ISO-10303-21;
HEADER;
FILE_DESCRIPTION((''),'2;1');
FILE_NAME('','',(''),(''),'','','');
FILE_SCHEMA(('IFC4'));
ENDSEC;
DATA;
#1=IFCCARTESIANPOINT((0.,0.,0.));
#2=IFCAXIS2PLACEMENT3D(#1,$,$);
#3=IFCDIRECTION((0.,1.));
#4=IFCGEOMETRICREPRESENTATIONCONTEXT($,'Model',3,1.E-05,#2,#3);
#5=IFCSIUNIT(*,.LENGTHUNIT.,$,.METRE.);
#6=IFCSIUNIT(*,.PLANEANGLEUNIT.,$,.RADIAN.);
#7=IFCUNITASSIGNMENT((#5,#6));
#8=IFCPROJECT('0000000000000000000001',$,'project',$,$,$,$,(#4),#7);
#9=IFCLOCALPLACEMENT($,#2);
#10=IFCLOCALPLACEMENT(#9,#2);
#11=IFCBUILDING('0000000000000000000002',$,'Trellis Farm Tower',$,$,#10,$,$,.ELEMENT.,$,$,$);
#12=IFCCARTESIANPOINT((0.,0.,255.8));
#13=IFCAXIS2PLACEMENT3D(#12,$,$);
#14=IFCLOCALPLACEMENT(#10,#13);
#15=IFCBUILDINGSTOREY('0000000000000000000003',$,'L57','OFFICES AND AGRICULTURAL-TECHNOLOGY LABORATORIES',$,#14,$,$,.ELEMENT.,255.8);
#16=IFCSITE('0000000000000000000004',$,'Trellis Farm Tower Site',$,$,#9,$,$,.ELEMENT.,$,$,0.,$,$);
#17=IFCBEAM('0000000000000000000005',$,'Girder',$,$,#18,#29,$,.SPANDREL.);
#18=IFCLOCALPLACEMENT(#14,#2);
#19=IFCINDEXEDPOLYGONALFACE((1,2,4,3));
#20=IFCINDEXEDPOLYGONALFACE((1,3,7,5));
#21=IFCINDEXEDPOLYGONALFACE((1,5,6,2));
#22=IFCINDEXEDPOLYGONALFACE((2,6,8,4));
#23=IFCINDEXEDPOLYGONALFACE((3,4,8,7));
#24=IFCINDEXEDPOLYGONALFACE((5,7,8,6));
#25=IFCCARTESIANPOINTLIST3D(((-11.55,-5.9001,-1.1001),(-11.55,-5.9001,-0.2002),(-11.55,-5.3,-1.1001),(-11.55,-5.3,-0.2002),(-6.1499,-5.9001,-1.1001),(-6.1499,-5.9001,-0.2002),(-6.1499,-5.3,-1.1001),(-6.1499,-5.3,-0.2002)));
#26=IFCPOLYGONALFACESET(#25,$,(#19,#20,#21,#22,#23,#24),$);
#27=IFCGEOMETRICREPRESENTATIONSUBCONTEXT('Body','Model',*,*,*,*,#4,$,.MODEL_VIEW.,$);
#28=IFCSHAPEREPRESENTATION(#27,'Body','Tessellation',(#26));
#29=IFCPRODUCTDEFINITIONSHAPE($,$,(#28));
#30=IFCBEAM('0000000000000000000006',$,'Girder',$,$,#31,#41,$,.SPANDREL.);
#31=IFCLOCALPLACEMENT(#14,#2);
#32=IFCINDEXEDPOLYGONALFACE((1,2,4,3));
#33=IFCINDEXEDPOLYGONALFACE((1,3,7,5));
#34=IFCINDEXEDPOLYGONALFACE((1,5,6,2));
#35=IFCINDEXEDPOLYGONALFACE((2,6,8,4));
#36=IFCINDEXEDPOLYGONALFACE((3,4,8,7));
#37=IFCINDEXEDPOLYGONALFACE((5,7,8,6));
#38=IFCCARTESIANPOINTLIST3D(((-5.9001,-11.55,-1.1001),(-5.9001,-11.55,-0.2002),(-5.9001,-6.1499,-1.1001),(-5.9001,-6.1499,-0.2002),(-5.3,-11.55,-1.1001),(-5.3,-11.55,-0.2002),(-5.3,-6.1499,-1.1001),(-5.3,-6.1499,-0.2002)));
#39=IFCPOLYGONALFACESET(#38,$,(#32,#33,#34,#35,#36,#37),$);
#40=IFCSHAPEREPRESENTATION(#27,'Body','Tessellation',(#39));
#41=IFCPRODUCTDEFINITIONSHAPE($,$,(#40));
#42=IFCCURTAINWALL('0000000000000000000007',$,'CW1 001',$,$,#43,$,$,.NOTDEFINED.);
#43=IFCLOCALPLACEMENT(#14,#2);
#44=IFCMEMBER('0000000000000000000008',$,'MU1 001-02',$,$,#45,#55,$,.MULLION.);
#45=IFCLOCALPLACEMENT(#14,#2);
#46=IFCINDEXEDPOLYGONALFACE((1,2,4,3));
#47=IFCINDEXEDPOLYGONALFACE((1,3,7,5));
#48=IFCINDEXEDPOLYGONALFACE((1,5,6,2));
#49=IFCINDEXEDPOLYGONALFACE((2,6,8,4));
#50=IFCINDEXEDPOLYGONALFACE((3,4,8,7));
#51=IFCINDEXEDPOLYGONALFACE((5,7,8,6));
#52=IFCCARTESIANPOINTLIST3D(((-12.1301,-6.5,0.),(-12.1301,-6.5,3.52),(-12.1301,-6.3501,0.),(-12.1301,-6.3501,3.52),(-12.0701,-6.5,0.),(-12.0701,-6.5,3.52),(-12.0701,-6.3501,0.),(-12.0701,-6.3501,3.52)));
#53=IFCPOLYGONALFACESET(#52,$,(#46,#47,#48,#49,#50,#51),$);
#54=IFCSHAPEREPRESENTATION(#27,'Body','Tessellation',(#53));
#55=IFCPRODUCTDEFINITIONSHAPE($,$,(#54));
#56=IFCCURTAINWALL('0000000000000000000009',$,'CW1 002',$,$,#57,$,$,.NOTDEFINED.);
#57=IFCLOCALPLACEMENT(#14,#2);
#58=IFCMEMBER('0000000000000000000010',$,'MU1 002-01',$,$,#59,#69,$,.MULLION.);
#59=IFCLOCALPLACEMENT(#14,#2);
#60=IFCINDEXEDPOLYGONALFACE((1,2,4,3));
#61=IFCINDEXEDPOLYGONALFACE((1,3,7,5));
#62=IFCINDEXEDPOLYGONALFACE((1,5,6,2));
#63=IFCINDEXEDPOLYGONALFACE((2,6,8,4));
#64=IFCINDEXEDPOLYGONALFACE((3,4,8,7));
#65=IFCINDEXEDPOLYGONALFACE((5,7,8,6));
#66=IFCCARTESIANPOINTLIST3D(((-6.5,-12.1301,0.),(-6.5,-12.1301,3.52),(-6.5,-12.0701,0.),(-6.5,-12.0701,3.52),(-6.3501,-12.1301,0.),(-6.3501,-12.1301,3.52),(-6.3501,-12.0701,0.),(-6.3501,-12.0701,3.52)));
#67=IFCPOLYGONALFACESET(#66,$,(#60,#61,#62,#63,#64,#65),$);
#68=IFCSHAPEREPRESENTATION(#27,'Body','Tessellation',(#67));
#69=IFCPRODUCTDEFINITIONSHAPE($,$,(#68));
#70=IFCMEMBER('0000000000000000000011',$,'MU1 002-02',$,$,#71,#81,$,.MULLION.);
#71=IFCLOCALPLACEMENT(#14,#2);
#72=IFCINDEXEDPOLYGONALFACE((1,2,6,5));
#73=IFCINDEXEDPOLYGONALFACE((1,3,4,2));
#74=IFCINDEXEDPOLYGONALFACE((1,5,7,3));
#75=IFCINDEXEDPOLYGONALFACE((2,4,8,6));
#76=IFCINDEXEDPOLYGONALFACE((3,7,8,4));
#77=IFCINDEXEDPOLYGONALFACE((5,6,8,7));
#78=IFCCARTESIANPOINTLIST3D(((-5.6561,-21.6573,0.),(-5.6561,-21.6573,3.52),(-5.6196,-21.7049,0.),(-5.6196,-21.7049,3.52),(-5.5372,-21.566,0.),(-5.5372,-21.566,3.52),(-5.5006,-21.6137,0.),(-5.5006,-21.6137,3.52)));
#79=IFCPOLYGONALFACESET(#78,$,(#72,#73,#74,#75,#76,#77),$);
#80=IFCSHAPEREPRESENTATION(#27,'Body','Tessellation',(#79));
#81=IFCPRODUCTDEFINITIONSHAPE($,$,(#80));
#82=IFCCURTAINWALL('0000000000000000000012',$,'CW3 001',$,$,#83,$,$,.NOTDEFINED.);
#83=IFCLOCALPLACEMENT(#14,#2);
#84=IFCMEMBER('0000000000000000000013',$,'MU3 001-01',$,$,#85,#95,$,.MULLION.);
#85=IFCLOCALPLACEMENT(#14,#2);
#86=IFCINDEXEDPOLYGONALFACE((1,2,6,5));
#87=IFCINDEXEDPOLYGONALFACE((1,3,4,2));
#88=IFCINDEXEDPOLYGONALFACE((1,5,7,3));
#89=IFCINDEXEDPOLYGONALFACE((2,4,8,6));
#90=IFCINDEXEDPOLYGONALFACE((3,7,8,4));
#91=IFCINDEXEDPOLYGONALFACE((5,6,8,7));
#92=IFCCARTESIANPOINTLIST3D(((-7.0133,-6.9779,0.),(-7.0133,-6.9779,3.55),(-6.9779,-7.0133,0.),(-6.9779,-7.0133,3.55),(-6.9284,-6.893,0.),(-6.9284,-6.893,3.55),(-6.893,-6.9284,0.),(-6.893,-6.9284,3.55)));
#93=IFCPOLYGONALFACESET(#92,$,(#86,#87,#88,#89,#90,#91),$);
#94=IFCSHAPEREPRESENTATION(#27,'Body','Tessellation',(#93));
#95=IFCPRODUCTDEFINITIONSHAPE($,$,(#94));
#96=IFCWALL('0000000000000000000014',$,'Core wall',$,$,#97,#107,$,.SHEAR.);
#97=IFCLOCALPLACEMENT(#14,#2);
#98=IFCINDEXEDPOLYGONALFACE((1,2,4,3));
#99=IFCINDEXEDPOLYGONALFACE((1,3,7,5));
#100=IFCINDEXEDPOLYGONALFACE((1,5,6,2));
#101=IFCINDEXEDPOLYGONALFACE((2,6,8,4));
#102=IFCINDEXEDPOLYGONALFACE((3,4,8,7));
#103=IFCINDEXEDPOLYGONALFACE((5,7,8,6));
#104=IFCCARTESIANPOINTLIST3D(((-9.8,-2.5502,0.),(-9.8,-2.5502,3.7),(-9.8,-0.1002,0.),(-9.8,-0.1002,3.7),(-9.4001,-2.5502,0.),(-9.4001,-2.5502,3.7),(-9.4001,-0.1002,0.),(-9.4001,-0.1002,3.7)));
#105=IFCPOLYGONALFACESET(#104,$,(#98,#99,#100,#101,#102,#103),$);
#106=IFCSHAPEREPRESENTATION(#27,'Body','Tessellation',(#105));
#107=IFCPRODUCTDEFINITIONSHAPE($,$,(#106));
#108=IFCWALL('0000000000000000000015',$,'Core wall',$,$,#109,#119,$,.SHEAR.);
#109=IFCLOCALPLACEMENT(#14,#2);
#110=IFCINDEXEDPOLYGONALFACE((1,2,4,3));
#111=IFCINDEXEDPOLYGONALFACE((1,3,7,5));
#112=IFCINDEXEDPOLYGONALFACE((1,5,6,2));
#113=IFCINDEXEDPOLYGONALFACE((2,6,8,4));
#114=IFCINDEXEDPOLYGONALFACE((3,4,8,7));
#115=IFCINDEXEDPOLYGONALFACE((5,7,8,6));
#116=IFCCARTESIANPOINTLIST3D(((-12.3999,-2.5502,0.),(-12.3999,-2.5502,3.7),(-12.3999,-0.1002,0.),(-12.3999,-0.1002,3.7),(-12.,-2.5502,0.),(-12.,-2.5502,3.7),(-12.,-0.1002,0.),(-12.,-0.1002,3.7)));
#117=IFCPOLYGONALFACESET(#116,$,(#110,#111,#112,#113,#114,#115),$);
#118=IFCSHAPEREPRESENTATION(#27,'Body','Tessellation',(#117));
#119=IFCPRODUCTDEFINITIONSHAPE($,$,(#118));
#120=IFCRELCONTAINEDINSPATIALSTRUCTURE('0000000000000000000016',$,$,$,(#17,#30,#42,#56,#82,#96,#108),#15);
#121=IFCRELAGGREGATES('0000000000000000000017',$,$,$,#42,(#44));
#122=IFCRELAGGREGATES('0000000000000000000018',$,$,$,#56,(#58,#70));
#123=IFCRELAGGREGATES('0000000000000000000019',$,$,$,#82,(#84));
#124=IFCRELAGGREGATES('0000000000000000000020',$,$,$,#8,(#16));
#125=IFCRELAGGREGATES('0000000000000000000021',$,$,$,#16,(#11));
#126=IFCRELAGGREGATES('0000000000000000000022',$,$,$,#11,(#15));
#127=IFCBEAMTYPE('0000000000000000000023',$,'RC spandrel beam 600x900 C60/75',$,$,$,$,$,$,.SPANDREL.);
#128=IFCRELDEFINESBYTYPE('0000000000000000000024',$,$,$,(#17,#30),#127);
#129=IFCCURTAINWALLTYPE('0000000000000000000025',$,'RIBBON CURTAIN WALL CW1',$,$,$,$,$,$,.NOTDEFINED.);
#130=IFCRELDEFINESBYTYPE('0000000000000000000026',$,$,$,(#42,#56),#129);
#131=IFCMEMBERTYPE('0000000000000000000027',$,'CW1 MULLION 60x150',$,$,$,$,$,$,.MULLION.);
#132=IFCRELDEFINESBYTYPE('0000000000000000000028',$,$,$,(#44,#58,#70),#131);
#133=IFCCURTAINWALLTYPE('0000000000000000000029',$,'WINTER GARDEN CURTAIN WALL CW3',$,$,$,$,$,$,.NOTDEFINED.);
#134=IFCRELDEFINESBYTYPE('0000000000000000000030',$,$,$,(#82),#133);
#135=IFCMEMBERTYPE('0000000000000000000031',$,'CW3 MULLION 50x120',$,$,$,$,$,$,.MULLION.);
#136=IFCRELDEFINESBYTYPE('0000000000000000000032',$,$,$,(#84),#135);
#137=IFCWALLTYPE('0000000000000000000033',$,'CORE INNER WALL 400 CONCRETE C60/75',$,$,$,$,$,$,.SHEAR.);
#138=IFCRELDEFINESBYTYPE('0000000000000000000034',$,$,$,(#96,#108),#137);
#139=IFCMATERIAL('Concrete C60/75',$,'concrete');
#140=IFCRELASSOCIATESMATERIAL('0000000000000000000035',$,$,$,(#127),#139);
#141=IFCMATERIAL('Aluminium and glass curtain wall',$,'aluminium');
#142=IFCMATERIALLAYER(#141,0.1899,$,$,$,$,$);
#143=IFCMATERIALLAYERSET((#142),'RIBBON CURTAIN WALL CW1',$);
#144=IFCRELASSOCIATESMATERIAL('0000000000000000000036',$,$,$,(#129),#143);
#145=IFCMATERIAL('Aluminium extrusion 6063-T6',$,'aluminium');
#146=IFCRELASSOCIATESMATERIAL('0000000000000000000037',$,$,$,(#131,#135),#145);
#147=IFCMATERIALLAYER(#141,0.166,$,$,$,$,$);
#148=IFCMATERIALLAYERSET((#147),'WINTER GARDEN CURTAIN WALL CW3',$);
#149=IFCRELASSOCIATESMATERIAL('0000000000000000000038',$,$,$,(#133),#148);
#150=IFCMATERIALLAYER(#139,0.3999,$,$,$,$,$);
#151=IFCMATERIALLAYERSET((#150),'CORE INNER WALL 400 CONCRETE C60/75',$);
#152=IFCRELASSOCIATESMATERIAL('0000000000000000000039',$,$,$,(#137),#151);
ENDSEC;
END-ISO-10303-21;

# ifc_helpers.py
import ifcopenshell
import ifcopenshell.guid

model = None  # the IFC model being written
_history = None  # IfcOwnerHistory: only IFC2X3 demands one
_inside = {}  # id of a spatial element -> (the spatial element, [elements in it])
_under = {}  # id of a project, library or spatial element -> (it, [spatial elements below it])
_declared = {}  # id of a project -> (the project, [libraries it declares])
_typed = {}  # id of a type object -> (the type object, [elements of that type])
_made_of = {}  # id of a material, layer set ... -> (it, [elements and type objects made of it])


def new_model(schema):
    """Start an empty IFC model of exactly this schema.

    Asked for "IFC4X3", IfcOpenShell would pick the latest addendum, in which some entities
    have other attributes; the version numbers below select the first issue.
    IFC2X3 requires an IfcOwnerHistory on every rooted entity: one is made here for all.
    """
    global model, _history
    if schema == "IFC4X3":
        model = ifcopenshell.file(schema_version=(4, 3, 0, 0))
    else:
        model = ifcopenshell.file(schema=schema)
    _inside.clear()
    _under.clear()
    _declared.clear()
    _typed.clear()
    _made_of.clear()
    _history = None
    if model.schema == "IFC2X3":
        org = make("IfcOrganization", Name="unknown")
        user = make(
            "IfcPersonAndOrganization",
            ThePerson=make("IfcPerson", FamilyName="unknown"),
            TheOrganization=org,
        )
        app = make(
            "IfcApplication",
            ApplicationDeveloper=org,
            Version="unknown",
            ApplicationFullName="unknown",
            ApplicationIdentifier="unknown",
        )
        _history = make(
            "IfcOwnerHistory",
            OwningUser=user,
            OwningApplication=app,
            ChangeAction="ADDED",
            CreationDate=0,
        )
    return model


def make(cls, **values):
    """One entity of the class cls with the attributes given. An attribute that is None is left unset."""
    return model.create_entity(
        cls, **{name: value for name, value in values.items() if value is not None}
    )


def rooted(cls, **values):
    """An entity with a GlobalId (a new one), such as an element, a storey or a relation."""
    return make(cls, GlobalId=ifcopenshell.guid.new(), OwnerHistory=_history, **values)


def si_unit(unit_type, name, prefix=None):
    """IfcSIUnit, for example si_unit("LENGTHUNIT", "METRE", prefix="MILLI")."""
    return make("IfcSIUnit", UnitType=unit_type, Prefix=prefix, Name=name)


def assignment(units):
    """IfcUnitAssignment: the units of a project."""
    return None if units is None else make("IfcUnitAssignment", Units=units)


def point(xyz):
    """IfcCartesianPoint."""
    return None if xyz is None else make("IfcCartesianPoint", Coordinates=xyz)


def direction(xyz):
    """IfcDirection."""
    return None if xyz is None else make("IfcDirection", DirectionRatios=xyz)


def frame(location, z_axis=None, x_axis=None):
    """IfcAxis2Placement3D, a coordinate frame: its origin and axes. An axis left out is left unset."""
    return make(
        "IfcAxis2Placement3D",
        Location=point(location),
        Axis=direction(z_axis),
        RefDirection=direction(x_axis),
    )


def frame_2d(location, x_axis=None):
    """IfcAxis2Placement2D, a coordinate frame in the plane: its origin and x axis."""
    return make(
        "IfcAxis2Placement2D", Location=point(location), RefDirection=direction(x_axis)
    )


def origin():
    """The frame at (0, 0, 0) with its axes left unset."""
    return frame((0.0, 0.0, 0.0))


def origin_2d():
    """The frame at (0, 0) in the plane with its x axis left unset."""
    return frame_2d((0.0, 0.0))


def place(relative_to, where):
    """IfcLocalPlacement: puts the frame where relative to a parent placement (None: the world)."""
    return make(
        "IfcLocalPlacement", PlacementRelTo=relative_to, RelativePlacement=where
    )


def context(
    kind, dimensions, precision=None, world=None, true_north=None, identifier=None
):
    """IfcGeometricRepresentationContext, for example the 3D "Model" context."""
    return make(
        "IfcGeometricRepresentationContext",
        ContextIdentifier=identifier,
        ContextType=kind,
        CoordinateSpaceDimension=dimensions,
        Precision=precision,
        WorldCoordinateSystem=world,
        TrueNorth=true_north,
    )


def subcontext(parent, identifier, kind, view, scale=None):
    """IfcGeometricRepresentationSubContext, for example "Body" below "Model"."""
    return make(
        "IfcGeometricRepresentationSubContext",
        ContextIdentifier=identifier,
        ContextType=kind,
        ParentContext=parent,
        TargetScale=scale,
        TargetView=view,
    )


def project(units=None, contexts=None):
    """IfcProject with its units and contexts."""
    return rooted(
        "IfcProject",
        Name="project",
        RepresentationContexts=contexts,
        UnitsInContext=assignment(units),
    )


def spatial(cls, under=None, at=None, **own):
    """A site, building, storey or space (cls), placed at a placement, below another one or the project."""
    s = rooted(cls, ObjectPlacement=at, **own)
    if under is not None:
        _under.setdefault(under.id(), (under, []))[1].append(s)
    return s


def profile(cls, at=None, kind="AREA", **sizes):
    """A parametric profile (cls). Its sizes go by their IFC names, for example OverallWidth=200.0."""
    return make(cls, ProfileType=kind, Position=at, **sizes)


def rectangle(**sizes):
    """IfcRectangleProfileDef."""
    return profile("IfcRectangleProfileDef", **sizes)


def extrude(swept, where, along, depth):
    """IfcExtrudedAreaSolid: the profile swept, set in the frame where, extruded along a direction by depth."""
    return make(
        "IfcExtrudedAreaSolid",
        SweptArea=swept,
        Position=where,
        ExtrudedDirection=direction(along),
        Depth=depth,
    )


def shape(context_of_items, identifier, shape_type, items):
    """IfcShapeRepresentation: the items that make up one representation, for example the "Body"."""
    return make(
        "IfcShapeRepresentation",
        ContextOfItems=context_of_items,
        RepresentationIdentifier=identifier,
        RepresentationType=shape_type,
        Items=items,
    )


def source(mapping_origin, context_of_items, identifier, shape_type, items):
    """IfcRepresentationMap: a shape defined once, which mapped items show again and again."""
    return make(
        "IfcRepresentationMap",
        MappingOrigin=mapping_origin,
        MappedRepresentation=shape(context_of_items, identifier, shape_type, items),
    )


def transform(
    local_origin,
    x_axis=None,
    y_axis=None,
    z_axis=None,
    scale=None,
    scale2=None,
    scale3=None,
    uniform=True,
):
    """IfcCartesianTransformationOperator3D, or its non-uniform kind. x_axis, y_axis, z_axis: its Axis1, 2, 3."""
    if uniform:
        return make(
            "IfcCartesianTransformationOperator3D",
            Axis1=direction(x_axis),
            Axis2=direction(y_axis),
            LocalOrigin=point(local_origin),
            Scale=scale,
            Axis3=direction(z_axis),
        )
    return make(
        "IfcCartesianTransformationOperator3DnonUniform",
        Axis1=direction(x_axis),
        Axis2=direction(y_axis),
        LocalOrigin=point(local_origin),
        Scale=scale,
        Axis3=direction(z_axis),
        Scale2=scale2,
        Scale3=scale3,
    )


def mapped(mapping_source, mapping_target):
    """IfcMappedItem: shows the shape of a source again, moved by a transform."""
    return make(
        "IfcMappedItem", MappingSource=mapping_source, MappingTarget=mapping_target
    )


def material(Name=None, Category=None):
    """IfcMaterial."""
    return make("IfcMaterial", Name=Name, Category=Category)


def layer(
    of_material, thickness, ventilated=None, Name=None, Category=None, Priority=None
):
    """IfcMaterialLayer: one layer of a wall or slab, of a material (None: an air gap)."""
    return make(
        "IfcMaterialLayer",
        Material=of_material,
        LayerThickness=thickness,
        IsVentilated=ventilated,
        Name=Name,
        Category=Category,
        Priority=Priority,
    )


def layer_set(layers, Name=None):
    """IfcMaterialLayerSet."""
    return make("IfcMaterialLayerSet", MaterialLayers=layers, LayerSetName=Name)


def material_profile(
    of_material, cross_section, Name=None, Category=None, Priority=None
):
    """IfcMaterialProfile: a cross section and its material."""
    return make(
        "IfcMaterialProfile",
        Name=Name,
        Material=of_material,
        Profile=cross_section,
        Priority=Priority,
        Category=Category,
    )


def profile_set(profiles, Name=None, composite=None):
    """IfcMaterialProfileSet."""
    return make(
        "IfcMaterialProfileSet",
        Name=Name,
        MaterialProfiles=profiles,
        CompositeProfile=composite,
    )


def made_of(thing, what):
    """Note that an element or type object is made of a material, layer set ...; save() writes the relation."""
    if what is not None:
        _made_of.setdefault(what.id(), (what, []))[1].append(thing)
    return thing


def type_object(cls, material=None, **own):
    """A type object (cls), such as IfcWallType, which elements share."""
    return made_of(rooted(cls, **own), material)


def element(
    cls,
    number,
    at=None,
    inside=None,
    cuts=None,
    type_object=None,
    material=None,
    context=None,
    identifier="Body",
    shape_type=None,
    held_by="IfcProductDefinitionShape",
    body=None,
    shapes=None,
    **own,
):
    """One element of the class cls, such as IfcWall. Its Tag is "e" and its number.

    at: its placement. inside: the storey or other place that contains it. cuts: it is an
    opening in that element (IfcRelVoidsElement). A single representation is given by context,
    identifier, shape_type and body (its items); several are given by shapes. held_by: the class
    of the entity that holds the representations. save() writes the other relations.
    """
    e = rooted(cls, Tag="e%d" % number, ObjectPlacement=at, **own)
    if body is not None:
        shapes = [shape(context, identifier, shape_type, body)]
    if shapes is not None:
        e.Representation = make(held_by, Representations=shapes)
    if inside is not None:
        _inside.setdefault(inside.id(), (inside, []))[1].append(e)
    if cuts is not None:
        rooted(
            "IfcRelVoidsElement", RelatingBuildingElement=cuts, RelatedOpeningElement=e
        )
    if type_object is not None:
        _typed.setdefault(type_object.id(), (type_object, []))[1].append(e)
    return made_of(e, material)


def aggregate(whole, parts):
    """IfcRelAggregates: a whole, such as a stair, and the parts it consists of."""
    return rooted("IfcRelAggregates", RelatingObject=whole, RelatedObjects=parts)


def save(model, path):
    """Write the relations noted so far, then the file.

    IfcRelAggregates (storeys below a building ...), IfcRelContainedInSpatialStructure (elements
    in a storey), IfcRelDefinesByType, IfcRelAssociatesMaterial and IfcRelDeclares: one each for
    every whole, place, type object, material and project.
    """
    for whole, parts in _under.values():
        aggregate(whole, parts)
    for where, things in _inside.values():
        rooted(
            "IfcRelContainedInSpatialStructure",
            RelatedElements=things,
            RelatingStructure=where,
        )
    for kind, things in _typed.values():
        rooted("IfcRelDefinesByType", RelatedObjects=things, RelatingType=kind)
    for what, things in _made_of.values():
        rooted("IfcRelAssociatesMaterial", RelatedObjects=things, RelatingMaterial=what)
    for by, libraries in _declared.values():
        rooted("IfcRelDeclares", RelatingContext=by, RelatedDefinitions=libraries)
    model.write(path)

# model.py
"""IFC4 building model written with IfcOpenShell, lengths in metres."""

from ifc_helpers import new_model, si_unit, direction, frame, frame_2d, origin, origin_2d, place, context, subcontext, project, spatial, rectangle, extrude, source, transform, mapped, material, layer, layer_set, material_profile, profile_set, type_object, element, aggregate, save


model = new_model("IFC4")

# Units and contexts
model_context = context("Model", 3, precision=1e-05, world=origin(), true_north=direction((0.0, 1.0)))
body_context = subcontext(model_context, "Body", "Model", "MODEL_VIEW")
ifc_project = project(units=[si_unit("LENGTHUNIT", "METRE"), si_unit("PLANEANGLEUNIT", "RADIAN")], contexts=[model_context])

# Site, building, storey
site_placement = place(None, origin())
site = spatial("IfcSite", under=ifc_project, at=site_placement, Name="Trellis Farm Tower Site", CompositionType="ELEMENT", RefElevation=0.0)
building_placement = place(site_placement, origin())
building = spatial("IfcBuilding", under=site, at=building_placement, Name="Trellis Farm Tower", CompositionType="ELEMENT")
storey_placement = place(building_placement, frame((0.0, 0.0, 255.8)))
storey = spatial("IfcBuildingStorey", under=building, at=storey_placement, Name="L57", Description="OFFICES AND AGRICULTURAL-TECHNOLOGY LABORATORIES", CompositionType="ELEMENT", Elevation=255.8)

# Shared definitions
ifc_material_1 = material(Name="Concrete C60/75", Category="concrete")

# Beams
ifc_material_profile_1 = material_profile(ifc_material_1, rectangle(XDim=0.6001, YDim=0.8999, at=origin_2d()), Name="RC spandrel beam 600x900 C60/75")
ifc_profile_set_1 = profile_set([ifc_material_profile_1], Name="Concrete C60/75")
beam_type_1 = type_object("IfcBeamType", Name="RC spandrel beam 600x900 C60/75", PredefinedType="SPANDREL", material=ifc_profile_set_1)
shared_shape_1 = source(origin(), body_context, "Body", "SweptSolid", [
    extrude(rectangle(XDim=0.6001, YDim=0.8999, at=origin_2d()), origin(), (0.0, 0.0, 1.0), 5.4001),
])
for number, where, z_axis, x_axis, name in (
    (1, (-11.55, -5.6001, -0.6501), (1.0, 0.0, 0.0), (0.0, 1.0, 0.0), "Girder"),
    (2, (-5.6001, -11.55, -0.6501), (0.0, 1.0, 0.0), (-1.0, 0.0, 0.0), "Girder"),
):
    element("IfcBeam", number, at=place(storey_placement, frame(where, z_axis=z_axis, x_axis=x_axis)), inside=storey, type_object=beam_type_1, Name=name, PredefinedType="SPANDREL", context=body_context, shape_type="MappedRepresentation", body=[
        mapped(shared_shape_1, transform((0.0, 0.0, 0.0))),
    ])

# Curtain wall, member
ifc_material_2 = material(Name="Aluminium and glass curtain wall", Category="aluminium")
ifc_layer_1 = layer(ifc_material_2, 0.1899)
ifc_layer_set_1 = layer_set([ifc_layer_1], Name="RIBBON CURTAIN WALL CW1")
curtain_wall_type_1 = type_object("IfcCurtainWallType", Name="RIBBON CURTAIN WALL CW1", PredefinedType="NOTDEFINED", material=ifc_layer_set_1)
placement = place(storey_placement, origin())
curtain_wall_1 = element("IfcCurtainWall", 3, at=placement, inside=storey, type_object=curtain_wall_type_1, Name="CW1 001", PredefinedType="NOTDEFINED")
ifc_material_3 = material(Name="Aluminium extrusion 6063-T6", Category="aluminium")
ifc_material_profile_2 = material_profile(ifc_material_3, rectangle(XDim=0.0601, YDim=0.1499, at=origin_2d()), Name="MULLION 60x150")
ifc_profile_set_2 = profile_set([ifc_material_profile_2], Name="Aluminium extrusion 6063-T6")
member_type_1 = type_object("IfcMemberType", Name="CW1 MULLION 60x150", PredefinedType="MULLION", material=ifc_profile_set_2)
shared_shape_2 = source(origin(), body_context, "Body", "SweptSolid", [
    extrude(rectangle(XDim=0.0601, YDim=0.1499, at=origin_2d()), origin(), (0.0, 0.0, 1.0), 3.52),
])
member_1_placement = place(storey_placement, frame((-12.1001, -6.425, 0.0), z_axis=(0.0, 0.0, 1.0), x_axis=(1.0, 0.0, 0.0)))
member_1 = element("IfcMember", 4, at=member_1_placement, type_object=member_type_1, Name="MU1 001-02", PredefinedType="MULLION", context=body_context, shape_type="MappedRepresentation", body=[
    mapped(shared_shape_2, transform((0.0, 0.0, 0.0))),
])
aggregate(curtain_wall_1, [member_1])

# Curtain wall, members
curtain_wall_2 = element("IfcCurtainWall", 5, at=placement, inside=storey, type_object=curtain_wall_type_1, Name="CW1 002", PredefinedType="NOTDEFINED")
member_2_placement = place(storey_placement, frame((-6.425, -12.1001, 0.0), z_axis=(0.0, 0.0, 1.0), x_axis=(0.0, -1.0, 0.0)))
member_2 = element("IfcMember", 6, at=member_2_placement, type_object=member_type_1, Name="MU1 002-01", PredefinedType="MULLION", context=body_context, shape_type="MappedRepresentation", body=[
    mapped(shared_shape_2, transform((0.0, 0.0, 0.0))),
])
member_3_placement = place(storey_placement, frame((-5.5784, -21.6355, 0.0), z_axis=(0.0, 0.0, 1.0), x_axis=(0.608761, -0.793353, 0.0)))
member_3 = element("IfcMember", 7, at=member_3_placement, type_object=member_type_1, Name="MU1 002-02", PredefinedType="MULLION", context=body_context, shape_type="MappedRepresentation", body=[
    mapped(shared_shape_2, transform((0.0, 0.0, 0.0))),
])
aggregate(curtain_wall_2, [member_2, member_3])

# Curtain wall, member
ifc_layer_2 = layer(ifc_material_2, 0.166)
ifc_layer_set_2 = layer_set([ifc_layer_2], Name="WINTER GARDEN CURTAIN WALL CW3")
curtain_wall_type_2 = type_object("IfcCurtainWallType", Name="WINTER GARDEN CURTAIN WALL CW3", PredefinedType="NOTDEFINED", material=ifc_layer_set_2)
curtain_wall_3 = element("IfcCurtainWall", 8, at=placement, inside=storey, type_object=curtain_wall_type_2, Name="CW3 001", PredefinedType="NOTDEFINED")
ifc_material_profile_3 = material_profile(ifc_material_3, rectangle(XDim=0.05, YDim=0.1201, at=origin_2d()), Name="MULLION 50x120")
ifc_profile_set_3 = profile_set([ifc_material_profile_3], Name="Aluminium extrusion 6063-T6")
member_type_2 = type_object("IfcMemberType", Name="CW3 MULLION 50x120", PredefinedType="MULLION", material=ifc_profile_set_3)
shared_shape_3 = source(origin(), body_context, "Body", "SweptSolid", [
    extrude(rectangle(XDim=0.05, YDim=0.1201, at=origin_2d()), origin(), (0.0, 0.0, 1.0), 3.55),
])
member_4_placement = place(storey_placement, frame((-6.9531, -6.9531, 0.0), z_axis=(0.0, 0.0, 1.0), x_axis=(0.707107, -0.707107, 0.0)))
member_4 = element("IfcMember", 9, at=member_4_placement, type_object=member_type_2, Name="MU3 001-01", PredefinedType="MULLION", context=body_context, shape_type="MappedRepresentation", body=[
    mapped(shared_shape_3, transform((0.0, 0.0, 0.0))),
])
aggregate(curtain_wall_3, [member_4])

# Walls
ifc_layer_3 = layer(ifc_material_1, 0.3999)
ifc_layer_set_3 = layer_set([ifc_layer_3], Name="CORE INNER WALL 400 CONCRETE C60/75")
wall_type_1 = type_object("IfcWallType", Name="CORE INNER WALL 400 CONCRETE C60/75", PredefinedType="SHEAR", material=ifc_layer_set_3)
shared_shape_4 = source(origin(), body_context, "Body", "SweptSolid", [
    extrude(rectangle(XDim=2.45, YDim=0.3999, at=frame_2d((1.2251, 0.0))), origin(), (0.0, 0.0, 1.0), 3.7),
])
for number, where, z_axis, x_axis, name in (
    (10, (-9.6001, -0.1001, 0.0), (0.0, 0.0, 1.0), (0.0, -1.0, 0.0), "Core wall"),
    (11, (-12.2, -0.1001, 0.0), (0.0, 0.0, 1.0), (0.0, -1.0, 0.0), "Core wall"),
):
    element("IfcWall", number, at=place(storey_placement, frame(where, z_axis=z_axis, x_axis=x_axis)), inside=storey, type_object=wall_type_1, Name=name, PredefinedType="SHEAR", context=body_context, shape_type="MappedRepresentation", body=[
        mapped(shared_shape_4, transform((0.0, 0.0, 0.0))),
    ])

save(model, "model.ifc")
